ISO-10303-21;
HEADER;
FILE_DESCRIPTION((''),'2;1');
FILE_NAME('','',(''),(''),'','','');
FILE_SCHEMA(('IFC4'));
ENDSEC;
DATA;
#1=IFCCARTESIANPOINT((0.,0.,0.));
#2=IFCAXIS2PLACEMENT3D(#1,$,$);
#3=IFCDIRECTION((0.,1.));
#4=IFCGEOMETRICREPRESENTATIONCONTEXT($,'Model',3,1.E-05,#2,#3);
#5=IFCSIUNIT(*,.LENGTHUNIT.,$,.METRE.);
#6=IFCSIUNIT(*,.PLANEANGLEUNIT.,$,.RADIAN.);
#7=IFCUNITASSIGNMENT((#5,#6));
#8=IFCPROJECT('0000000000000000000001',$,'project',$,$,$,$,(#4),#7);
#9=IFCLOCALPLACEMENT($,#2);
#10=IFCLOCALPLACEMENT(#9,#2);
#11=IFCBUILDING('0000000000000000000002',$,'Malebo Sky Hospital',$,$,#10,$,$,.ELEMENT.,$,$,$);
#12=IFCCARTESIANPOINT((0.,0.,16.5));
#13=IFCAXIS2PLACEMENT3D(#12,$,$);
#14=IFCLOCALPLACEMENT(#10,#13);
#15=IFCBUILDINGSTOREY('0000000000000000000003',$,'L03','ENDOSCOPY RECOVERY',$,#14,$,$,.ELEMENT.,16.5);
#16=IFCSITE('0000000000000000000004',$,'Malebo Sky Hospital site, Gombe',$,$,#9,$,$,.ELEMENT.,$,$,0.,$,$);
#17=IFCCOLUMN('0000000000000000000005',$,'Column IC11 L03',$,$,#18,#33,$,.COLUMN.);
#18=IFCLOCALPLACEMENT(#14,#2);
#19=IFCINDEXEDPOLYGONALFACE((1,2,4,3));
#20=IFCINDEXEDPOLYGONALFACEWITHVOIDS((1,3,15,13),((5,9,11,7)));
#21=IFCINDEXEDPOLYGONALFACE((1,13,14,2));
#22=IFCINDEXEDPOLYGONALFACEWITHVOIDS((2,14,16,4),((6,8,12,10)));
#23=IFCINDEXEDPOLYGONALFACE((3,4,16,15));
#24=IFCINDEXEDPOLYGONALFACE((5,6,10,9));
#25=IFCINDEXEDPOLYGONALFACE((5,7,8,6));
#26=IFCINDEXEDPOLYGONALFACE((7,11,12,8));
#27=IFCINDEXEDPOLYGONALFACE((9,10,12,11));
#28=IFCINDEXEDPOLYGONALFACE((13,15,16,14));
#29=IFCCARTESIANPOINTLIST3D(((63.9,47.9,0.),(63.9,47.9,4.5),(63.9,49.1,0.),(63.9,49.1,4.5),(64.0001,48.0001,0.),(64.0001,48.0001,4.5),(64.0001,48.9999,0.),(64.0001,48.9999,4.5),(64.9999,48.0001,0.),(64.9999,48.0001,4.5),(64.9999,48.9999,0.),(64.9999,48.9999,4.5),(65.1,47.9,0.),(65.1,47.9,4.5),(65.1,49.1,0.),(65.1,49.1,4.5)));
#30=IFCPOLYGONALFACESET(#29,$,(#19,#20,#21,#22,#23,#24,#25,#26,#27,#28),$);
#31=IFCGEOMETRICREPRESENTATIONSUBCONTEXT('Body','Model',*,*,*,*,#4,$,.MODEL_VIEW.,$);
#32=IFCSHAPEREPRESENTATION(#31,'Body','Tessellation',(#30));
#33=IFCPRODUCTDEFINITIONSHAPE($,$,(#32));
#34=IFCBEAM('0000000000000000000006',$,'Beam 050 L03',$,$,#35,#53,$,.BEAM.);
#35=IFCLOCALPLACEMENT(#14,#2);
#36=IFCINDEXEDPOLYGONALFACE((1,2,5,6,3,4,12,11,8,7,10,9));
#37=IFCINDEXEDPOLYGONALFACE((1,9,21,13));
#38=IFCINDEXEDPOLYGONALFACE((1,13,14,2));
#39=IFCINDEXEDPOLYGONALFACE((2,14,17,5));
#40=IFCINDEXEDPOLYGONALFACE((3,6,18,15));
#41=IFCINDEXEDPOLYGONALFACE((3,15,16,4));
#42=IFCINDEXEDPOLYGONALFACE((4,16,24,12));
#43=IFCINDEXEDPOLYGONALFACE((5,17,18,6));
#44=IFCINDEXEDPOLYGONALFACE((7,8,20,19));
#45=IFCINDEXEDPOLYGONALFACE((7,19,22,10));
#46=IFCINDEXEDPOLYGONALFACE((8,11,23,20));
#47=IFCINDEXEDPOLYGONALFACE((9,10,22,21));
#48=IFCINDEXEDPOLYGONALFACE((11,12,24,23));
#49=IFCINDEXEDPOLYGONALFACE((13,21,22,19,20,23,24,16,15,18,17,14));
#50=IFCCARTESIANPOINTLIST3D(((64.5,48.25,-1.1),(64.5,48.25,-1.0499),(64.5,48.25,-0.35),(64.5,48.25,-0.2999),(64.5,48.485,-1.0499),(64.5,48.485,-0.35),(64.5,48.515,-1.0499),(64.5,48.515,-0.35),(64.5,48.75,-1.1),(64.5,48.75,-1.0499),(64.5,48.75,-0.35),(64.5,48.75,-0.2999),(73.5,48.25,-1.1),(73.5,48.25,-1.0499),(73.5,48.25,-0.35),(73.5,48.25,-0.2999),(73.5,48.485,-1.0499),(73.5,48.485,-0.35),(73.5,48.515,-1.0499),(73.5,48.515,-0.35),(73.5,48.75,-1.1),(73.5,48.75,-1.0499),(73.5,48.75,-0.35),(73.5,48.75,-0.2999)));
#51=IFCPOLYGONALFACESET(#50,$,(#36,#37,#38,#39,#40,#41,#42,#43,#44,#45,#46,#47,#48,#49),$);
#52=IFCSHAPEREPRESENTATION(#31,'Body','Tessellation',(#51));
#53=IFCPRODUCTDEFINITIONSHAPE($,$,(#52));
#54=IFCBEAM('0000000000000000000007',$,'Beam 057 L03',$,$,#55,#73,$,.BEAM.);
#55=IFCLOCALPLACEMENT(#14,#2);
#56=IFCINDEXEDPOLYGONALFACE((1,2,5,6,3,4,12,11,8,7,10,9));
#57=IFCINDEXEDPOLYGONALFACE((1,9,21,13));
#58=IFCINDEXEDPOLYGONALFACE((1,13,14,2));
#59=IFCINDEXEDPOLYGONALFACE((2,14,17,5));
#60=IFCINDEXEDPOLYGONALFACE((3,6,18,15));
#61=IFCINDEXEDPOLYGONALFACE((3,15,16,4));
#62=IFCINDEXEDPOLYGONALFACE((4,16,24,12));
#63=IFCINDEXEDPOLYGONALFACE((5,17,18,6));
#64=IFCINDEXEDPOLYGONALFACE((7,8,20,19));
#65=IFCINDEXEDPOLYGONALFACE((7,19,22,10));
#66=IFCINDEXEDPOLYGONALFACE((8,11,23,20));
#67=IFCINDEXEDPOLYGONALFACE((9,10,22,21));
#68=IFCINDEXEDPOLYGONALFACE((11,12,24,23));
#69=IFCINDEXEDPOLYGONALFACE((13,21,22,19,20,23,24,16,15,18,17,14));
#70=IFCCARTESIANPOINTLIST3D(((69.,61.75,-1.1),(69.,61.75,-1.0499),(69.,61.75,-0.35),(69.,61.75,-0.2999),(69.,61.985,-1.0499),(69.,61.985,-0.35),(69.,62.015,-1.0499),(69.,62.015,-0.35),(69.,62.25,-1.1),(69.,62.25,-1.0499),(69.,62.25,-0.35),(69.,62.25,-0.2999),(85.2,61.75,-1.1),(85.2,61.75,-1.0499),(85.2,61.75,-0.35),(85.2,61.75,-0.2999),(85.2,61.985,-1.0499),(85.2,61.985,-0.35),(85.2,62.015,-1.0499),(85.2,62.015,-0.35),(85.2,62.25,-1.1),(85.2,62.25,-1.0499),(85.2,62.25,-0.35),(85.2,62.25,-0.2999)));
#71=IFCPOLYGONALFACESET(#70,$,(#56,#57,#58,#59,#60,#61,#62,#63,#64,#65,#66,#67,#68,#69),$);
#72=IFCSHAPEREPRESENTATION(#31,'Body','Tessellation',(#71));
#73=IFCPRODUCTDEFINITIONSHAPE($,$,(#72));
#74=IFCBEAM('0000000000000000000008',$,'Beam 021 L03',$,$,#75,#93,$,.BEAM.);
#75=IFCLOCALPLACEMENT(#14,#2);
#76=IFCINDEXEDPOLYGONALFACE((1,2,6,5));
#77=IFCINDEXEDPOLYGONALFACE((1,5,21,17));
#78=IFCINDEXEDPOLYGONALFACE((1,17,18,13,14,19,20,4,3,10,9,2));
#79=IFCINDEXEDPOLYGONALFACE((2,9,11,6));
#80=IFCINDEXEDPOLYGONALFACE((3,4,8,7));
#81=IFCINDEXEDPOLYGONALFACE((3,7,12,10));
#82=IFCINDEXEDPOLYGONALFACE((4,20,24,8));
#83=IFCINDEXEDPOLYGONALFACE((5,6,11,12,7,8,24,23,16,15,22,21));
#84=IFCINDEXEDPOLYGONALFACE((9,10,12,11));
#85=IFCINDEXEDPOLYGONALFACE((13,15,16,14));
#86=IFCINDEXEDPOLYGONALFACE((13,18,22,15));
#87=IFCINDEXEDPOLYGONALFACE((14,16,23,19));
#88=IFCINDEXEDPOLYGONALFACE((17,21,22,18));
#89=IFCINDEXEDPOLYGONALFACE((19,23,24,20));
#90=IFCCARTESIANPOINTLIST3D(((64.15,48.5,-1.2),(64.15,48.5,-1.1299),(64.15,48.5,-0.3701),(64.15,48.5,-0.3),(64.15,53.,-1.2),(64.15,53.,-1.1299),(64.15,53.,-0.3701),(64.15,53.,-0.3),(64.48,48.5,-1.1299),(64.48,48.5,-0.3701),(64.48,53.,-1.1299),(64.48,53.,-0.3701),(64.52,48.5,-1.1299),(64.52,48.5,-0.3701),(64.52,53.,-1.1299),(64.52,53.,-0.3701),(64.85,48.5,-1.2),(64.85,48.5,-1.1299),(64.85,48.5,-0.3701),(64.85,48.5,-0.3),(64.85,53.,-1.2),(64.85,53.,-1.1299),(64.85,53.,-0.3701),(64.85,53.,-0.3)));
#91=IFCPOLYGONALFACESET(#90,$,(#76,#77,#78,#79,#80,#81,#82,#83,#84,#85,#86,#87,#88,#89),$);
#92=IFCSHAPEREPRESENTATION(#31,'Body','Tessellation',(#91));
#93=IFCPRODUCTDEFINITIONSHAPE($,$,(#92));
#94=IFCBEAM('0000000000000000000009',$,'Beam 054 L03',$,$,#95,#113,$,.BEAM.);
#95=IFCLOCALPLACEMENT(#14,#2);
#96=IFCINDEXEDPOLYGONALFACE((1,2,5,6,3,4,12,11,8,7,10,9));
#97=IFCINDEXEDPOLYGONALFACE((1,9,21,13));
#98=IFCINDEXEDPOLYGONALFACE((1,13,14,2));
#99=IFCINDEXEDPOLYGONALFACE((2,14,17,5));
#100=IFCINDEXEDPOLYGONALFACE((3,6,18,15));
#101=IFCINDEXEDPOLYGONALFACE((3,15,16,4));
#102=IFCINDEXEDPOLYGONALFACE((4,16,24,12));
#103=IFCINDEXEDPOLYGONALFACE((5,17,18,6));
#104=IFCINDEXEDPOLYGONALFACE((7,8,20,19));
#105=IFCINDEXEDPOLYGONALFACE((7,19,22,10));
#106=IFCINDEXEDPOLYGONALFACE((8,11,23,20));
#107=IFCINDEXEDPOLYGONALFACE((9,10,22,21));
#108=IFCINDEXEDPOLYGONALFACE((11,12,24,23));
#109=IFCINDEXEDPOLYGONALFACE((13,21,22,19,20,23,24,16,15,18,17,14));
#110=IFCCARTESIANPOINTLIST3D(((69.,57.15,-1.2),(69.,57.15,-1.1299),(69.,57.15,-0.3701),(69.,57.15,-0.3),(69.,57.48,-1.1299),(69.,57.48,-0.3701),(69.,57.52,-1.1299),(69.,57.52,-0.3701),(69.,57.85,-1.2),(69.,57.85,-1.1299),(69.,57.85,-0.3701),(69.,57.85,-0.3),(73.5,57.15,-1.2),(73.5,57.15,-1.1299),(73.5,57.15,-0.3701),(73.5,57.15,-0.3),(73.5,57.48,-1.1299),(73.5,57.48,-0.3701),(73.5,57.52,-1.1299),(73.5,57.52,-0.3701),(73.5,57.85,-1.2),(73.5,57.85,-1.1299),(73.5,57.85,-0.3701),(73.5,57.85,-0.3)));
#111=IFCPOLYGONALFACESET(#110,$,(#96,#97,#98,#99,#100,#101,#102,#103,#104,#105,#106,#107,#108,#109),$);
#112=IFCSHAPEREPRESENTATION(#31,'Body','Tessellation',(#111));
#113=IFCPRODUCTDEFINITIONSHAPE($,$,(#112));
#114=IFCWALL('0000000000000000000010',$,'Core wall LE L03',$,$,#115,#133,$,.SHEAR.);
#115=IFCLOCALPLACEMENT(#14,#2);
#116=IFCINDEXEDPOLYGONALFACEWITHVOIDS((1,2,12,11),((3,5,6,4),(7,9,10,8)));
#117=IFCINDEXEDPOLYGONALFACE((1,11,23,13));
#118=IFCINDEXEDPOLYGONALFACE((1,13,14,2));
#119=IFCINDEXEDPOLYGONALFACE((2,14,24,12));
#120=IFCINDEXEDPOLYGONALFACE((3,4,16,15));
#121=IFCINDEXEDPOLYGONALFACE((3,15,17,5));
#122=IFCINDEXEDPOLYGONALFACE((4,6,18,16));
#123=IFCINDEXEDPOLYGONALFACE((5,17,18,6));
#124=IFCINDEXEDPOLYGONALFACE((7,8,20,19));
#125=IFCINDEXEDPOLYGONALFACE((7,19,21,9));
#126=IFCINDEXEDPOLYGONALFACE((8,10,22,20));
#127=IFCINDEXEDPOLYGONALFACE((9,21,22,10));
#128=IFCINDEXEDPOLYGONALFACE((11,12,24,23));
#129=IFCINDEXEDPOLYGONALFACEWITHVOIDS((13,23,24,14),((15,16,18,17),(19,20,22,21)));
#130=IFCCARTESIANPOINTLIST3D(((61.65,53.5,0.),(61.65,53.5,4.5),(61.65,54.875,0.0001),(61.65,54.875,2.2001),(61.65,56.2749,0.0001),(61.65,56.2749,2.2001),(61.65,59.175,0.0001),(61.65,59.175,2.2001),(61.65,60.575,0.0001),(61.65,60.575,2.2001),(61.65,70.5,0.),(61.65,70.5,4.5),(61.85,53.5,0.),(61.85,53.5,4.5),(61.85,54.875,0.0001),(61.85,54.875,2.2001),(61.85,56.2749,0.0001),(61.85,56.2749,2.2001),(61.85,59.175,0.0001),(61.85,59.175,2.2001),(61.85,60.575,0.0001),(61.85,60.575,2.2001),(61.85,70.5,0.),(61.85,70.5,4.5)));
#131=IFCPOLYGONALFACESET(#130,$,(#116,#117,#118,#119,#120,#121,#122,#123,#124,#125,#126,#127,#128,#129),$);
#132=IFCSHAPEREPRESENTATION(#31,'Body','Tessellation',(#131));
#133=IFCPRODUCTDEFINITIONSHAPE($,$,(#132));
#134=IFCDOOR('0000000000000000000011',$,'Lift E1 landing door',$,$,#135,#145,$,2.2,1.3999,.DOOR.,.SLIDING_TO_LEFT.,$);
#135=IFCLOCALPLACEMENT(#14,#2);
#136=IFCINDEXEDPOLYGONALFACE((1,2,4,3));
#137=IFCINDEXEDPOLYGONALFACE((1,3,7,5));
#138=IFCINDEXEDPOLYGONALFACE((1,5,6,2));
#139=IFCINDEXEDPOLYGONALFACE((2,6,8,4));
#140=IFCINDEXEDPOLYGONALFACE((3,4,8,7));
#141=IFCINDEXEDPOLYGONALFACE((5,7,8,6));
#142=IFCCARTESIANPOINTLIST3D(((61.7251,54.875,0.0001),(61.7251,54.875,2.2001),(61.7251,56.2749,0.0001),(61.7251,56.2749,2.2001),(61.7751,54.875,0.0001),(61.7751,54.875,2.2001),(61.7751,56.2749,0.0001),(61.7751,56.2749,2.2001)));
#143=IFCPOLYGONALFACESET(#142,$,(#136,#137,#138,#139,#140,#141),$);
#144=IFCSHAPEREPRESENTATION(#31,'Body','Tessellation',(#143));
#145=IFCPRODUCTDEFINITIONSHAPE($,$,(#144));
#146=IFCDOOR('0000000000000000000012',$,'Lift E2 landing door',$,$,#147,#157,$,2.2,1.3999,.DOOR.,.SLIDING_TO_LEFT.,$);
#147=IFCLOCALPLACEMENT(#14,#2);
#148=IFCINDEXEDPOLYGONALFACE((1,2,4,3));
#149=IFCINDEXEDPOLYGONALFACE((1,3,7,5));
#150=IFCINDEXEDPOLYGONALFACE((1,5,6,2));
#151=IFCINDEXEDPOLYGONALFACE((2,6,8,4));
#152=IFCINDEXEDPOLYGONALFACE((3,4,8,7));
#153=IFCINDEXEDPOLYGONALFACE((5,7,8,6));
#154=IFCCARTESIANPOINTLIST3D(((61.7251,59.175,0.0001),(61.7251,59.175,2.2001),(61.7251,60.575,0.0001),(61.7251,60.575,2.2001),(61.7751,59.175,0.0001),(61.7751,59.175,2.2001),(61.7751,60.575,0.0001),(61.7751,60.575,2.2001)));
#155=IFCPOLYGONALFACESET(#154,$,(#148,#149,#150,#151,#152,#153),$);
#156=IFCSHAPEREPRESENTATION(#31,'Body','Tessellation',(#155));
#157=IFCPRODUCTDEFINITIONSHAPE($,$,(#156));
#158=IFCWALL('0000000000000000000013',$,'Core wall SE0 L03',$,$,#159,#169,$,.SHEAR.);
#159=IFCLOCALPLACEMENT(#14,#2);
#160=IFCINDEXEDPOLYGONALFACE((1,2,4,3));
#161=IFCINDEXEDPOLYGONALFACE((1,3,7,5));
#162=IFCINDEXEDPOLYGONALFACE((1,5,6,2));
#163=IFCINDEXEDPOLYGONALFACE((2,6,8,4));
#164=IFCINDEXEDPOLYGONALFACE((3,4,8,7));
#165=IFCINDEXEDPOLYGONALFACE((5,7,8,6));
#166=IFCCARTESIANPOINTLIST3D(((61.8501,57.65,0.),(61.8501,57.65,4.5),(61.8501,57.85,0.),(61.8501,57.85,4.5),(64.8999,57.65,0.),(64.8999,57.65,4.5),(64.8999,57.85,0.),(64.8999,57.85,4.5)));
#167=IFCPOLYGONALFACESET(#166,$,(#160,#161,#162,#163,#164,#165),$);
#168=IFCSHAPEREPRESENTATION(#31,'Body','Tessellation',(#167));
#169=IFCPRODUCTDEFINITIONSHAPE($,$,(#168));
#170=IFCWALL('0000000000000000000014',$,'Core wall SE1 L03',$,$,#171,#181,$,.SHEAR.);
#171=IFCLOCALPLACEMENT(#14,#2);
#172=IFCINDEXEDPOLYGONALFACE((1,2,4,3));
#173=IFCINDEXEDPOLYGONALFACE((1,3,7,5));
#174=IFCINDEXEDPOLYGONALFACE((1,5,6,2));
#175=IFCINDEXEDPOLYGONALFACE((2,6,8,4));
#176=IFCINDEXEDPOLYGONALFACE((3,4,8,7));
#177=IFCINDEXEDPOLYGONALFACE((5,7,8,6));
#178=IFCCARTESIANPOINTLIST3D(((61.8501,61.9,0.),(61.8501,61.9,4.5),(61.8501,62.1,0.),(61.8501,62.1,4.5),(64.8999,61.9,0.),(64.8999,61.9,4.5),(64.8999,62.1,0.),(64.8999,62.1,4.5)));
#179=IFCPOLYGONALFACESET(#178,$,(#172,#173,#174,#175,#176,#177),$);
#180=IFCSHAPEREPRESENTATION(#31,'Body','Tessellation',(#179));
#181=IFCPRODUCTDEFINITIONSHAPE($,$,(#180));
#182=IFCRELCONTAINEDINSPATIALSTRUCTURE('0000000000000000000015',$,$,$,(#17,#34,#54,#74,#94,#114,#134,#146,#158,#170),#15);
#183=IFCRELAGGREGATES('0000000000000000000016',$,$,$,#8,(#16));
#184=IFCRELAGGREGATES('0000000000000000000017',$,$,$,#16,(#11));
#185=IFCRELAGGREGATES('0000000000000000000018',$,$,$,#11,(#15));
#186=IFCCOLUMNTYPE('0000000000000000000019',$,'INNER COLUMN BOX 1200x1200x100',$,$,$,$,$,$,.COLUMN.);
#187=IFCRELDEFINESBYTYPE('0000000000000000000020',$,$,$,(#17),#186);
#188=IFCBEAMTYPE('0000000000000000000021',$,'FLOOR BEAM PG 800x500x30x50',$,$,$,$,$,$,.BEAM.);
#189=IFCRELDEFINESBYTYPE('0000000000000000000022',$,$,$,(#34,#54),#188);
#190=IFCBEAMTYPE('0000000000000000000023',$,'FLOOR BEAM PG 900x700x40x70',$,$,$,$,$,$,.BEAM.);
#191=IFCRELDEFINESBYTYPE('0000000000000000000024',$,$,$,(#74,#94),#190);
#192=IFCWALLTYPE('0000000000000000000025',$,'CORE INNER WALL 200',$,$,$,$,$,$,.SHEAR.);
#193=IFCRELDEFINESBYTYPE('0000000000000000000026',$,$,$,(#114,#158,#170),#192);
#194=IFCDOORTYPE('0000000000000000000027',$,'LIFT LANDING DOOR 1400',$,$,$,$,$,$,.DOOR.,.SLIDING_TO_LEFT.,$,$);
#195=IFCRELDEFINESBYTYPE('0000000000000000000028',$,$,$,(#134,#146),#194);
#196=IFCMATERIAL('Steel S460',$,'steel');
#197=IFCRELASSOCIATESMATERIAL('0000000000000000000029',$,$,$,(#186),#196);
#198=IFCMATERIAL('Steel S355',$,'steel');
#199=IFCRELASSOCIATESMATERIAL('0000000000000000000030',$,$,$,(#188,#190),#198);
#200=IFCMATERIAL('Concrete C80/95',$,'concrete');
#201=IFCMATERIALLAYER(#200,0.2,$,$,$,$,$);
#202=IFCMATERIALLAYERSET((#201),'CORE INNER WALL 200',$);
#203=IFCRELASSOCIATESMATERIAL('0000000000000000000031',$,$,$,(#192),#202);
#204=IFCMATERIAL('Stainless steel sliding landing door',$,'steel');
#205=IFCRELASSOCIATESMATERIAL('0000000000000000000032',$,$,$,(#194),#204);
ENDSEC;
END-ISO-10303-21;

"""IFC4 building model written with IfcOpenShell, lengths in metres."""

from ifc_helpers import new_model, si_unit, direction, frame, frame_2d, origin, origin_2d, place, context, subcontext, project, spatial, rectangle, hollow_rectangle, i_section, extrude, material, layer, layer_set, material_profile, profile_set, type_object, element, fill, save


model = new_model("IFC4")

# Units and contexts
model_context = context("Model", 3, precision=1e-05, world=origin(), true_north=direction((0.0, 1.0)))
body_context = subcontext(model_context, "Body", "Model", "MODEL_VIEW")
ifc_project = project(units=[si_unit("LENGTHUNIT", "METRE"), si_unit("PLANEANGLEUNIT", "RADIAN")], contexts=[model_context])

# Site, building, storey
site_placement = place(None, origin())
site = spatial("IfcSite", under=ifc_project, at=site_placement, Name="Malebo Sky Hospital site, Gombe", CompositionType="ELEMENT", RefElevation=0.0)
building_placement = place(site_placement, origin())
building = spatial("IfcBuilding", under=site, at=building_placement, Name="Malebo Sky Hospital", CompositionType="ELEMENT")
storey_placement = place(building_placement, frame((0.0, 0.0, 16.5)))
storey = spatial("IfcBuildingStorey", under=building, at=storey_placement, Name="L03", Description="ENDOSCOPY RECOVERY", CompositionType="ELEMENT", Elevation=16.5)

# Column
ifc_material_1 = material(Name="Steel S460", Category="steel")
ifc_material_profile_1 = material_profile(ifc_material_1, hollow_rectangle(XDim=1.2, YDim=1.2, WallThickness=0.1001, at=origin_2d()), Name="BOX 1200x1200x100")
ifc_profile_set_1 = profile_set([ifc_material_profile_1], Name="Steel S460")
column_type = type_object("IfcColumnType", Name="INNER COLUMN BOX 1200x1200x100", PredefinedType="COLUMN", material=ifc_profile_set_1)
column_placement = place(storey_placement, frame((64.5, 48.5, 0.0), z_axis=(0.0, 0.0, 1.0), x_axis=(1.0, 0.0, 0.0)))
element("IfcColumn", 1, at=column_placement, inside=storey, type_object=column_type, Name="Column IC11 L03", PredefinedType="COLUMN", context=body_context, shape_type="SweptSolid", body=[
    extrude(hollow_rectangle(XDim=1.2, YDim=1.2, WallThickness=0.1001, at=origin_2d()), origin(), (0.0, 0.0, 1.0), 4.5),
])

# Beams
ifc_material_2 = material(Name="Steel S355", Category="steel")
ifc_material_profile_2 = material_profile(ifc_material_2, i_section(OverallWidth=0.5, OverallDepth=0.8, WebThickness=0.03, FlangeThickness=0.05, at=origin_2d()), Name="PG 800x500x30x50")
ifc_profile_set_2 = profile_set([ifc_material_profile_2], Name="Steel S355")
beam_type_1 = type_object("IfcBeamType", Name="FLOOR BEAM PG 800x500x30x50", PredefinedType="BEAM", material=ifc_profile_set_2)
beam_1_placement = place(storey_placement, frame((64.5, 48.5, -0.7), z_axis=(1.0, 0.0, 0.0), x_axis=(0.0, 1.0, 0.0)))
element("IfcBeam", 2, at=beam_1_placement, inside=storey, type_object=beam_type_1, Name="Beam 050 L03", PredefinedType="BEAM", context=body_context, shape_type="SweptSolid", body=[
    extrude(i_section(OverallWidth=0.5, OverallDepth=0.8, WebThickness=0.03, FlangeThickness=0.05, at=origin_2d()), origin(), (0.0, 0.0, 1.0), 9.0),
])
beam_2_placement = place(storey_placement, frame((69.0, 62.0, -0.7), z_axis=(1.0, 0.0, 0.0), x_axis=(0.0, 1.0, 0.0)))
element("IfcBeam", 3, at=beam_2_placement, inside=storey, type_object=beam_type_1, Name="Beam 057 L03", PredefinedType="BEAM", context=body_context, shape_type="SweptSolid", body=[
    extrude(i_section(OverallWidth=0.5, OverallDepth=0.8, WebThickness=0.03, FlangeThickness=0.05, at=origin_2d()), origin(), (0.0, 0.0, 1.0), 16.2),
])
ifc_material_profile_3 = material_profile(ifc_material_2, i_section(OverallWidth=0.7, OverallDepth=0.8999, WebThickness=0.04, FlangeThickness=0.0701, at=origin_2d()), Name="PG 900x700x40x70")
ifc_profile_set_3 = profile_set([ifc_material_profile_3], Name="Steel S355")
beam_type_2 = type_object("IfcBeamType", Name="FLOOR BEAM PG 900x700x40x70", PredefinedType="BEAM", material=ifc_profile_set_3)
for number, where, z_axis, x_axis, name in (
    (4, (64.5, 48.5, -0.75), (0.0, 1.0, 0.0), (-1.0, 0.0, 0.0), "Beam 021 L03"),
    (5, (69.0, 57.5, -0.75), (1.0, 0.0, 0.0), (0.0, 1.0, 0.0), "Beam 054 L03"),
):
    element("IfcBeam", number, at=place(storey_placement, frame(where, z_axis=z_axis, x_axis=x_axis)), inside=storey, type_object=beam_type_2, Name=name, PredefinedType="BEAM", context=body_context, shape_type="SweptSolid", body=[
        extrude(i_section(OverallWidth=0.7, OverallDepth=0.8999, WebThickness=0.04, FlangeThickness=0.0701, at=origin_2d()), origin(), (0.0, 0.0, 1.0), 4.5),
    ])

# Wall, openings, doors
ifc_material_3 = material(Name="Concrete C80/95", Category="concrete")
ifc_layer_1 = layer(ifc_material_3, 0.2)
ifc_layer_set_1 = layer_set([ifc_layer_1], Name="CORE INNER WALL 200")
wall_type_1 = type_object("IfcWallType", Name="CORE INNER WALL 200", PredefinedType="SHEAR", material=ifc_layer_set_1)
wall_1_placement = place(storey_placement, frame((61.75, 53.5, 0.0), z_axis=(0.0, 0.0, 1.0), x_axis=(0.0, 1.0, 0.0)))
wall_1 = element("IfcWall", 6, at=wall_1_placement, inside=storey, type_object=wall_type_1, Name="Core wall LE L03", PredefinedType="SHEAR", context=body_context, shape_type="SweptSolid", body=[
    extrude(rectangle(XDim=17.0, YDim=0.2, at=frame_2d((8.5, 0.0))), origin(), (0.0, 0.0, 1.0), 4.5),
])
opening_1_placement = place(wall_1_placement, frame((1.375, 0.0, 0.0)))
opening_1 = element("IfcOpeningElement", 7, at=opening_1_placement, cuts=wall_1, PredefinedType="OPENING", context=body_context, shape_type="SweptSolid", body=[
    extrude(rectangle(XDim=1.3999, YDim=2.2, at=frame_2d((0.7, 1.1001))), frame((0.0, 0.1099, 0.0), z_axis=(0.0, -1.0, 0.0), x_axis=(1.0, 0.0, 0.0)), (0.0, 0.0, 1.0), 0.22),
])
opening_2_placement = place(wall_1_placement, frame((5.675, 0.0, 0.0)))
opening_2 = element("IfcOpeningElement", 8, at=opening_2_placement, cuts=wall_1, PredefinedType="OPENING", context=body_context, shape_type="SweptSolid", body=[
    extrude(rectangle(XDim=1.3999, YDim=2.2, at=frame_2d((0.7, 1.1001))), frame((0.0, 0.1099, 0.0), z_axis=(0.0, -1.0, 0.0), x_axis=(1.0, 0.0, 0.0)), (0.0, 0.0, 1.0), 0.22),
])
ifc_material_4 = material(Name="Stainless steel sliding landing door", Category="steel")
door_type_1 = type_object("IfcDoorType", Name="LIFT LANDING DOOR 1400", OperationType="SLIDING_TO_LEFT", PredefinedType="DOOR", material=ifc_material_4)
door_1_placement = place(opening_1_placement, origin())
door_1 = element("IfcDoor", 9, at=door_1_placement, inside=storey, type_object=door_type_1, Name="Lift E1 landing door", OperationType="SLIDING_TO_LEFT", OverallHeight=2.2, OverallWidth=1.3999, PredefinedType="DOOR", context=body_context, shape_type="SweptSolid", body=[
    extrude(rectangle(XDim=1.3999, YDim=2.2, at=frame_2d((0.7, 1.1001))), frame((0.0, 0.0249, 0.0), z_axis=(0.0, -1.0, 0.0), x_axis=(1.0, 0.0, 0.0)), (0.0, 0.0, 1.0), 0.05),
])
fill(opening_1, door_1)
door_2_placement = place(opening_2_placement, origin())
door_2 = element("IfcDoor", 10, at=door_2_placement, inside=storey, type_object=door_type_1, Name="Lift E2 landing door", OperationType="SLIDING_TO_LEFT", OverallHeight=2.2, OverallWidth=1.3999, PredefinedType="DOOR", context=body_context, shape_type="SweptSolid", body=[
    extrude(rectangle(XDim=1.3999, YDim=2.2, at=frame_2d((0.7, 1.1001))), frame((0.0, 0.0249, 0.0), z_axis=(0.0, -1.0, 0.0), x_axis=(1.0, 0.0, 0.0)), (0.0, 0.0, 1.0), 0.05),
])
fill(opening_2, door_2)

# Walls
for number, where, z_axis, x_axis, name in (
    (11, (61.8501, 57.75, 0.0), (0.0, 0.0, 1.0), (1.0, 0.0, 0.0), "Core wall SE0 L03"),
    (12, (61.8501, 62.0, 0.0), (0.0, 0.0, 1.0), (1.0, 0.0, 0.0), "Core wall SE1 L03"),
):
    element("IfcWall", number, at=place(storey_placement, frame(where, z_axis=z_axis, x_axis=x_axis)), inside=storey, type_object=wall_type_1, Name=name, PredefinedType="SHEAR", context=body_context, shape_type="SweptSolid", body=[
        extrude(rectangle(XDim=3.0498, YDim=0.2, at=frame_2d((1.5249, 0.0))), origin(), (0.0, 0.0, 1.0), 4.5),
    ])

save(model, "model.ifc")
